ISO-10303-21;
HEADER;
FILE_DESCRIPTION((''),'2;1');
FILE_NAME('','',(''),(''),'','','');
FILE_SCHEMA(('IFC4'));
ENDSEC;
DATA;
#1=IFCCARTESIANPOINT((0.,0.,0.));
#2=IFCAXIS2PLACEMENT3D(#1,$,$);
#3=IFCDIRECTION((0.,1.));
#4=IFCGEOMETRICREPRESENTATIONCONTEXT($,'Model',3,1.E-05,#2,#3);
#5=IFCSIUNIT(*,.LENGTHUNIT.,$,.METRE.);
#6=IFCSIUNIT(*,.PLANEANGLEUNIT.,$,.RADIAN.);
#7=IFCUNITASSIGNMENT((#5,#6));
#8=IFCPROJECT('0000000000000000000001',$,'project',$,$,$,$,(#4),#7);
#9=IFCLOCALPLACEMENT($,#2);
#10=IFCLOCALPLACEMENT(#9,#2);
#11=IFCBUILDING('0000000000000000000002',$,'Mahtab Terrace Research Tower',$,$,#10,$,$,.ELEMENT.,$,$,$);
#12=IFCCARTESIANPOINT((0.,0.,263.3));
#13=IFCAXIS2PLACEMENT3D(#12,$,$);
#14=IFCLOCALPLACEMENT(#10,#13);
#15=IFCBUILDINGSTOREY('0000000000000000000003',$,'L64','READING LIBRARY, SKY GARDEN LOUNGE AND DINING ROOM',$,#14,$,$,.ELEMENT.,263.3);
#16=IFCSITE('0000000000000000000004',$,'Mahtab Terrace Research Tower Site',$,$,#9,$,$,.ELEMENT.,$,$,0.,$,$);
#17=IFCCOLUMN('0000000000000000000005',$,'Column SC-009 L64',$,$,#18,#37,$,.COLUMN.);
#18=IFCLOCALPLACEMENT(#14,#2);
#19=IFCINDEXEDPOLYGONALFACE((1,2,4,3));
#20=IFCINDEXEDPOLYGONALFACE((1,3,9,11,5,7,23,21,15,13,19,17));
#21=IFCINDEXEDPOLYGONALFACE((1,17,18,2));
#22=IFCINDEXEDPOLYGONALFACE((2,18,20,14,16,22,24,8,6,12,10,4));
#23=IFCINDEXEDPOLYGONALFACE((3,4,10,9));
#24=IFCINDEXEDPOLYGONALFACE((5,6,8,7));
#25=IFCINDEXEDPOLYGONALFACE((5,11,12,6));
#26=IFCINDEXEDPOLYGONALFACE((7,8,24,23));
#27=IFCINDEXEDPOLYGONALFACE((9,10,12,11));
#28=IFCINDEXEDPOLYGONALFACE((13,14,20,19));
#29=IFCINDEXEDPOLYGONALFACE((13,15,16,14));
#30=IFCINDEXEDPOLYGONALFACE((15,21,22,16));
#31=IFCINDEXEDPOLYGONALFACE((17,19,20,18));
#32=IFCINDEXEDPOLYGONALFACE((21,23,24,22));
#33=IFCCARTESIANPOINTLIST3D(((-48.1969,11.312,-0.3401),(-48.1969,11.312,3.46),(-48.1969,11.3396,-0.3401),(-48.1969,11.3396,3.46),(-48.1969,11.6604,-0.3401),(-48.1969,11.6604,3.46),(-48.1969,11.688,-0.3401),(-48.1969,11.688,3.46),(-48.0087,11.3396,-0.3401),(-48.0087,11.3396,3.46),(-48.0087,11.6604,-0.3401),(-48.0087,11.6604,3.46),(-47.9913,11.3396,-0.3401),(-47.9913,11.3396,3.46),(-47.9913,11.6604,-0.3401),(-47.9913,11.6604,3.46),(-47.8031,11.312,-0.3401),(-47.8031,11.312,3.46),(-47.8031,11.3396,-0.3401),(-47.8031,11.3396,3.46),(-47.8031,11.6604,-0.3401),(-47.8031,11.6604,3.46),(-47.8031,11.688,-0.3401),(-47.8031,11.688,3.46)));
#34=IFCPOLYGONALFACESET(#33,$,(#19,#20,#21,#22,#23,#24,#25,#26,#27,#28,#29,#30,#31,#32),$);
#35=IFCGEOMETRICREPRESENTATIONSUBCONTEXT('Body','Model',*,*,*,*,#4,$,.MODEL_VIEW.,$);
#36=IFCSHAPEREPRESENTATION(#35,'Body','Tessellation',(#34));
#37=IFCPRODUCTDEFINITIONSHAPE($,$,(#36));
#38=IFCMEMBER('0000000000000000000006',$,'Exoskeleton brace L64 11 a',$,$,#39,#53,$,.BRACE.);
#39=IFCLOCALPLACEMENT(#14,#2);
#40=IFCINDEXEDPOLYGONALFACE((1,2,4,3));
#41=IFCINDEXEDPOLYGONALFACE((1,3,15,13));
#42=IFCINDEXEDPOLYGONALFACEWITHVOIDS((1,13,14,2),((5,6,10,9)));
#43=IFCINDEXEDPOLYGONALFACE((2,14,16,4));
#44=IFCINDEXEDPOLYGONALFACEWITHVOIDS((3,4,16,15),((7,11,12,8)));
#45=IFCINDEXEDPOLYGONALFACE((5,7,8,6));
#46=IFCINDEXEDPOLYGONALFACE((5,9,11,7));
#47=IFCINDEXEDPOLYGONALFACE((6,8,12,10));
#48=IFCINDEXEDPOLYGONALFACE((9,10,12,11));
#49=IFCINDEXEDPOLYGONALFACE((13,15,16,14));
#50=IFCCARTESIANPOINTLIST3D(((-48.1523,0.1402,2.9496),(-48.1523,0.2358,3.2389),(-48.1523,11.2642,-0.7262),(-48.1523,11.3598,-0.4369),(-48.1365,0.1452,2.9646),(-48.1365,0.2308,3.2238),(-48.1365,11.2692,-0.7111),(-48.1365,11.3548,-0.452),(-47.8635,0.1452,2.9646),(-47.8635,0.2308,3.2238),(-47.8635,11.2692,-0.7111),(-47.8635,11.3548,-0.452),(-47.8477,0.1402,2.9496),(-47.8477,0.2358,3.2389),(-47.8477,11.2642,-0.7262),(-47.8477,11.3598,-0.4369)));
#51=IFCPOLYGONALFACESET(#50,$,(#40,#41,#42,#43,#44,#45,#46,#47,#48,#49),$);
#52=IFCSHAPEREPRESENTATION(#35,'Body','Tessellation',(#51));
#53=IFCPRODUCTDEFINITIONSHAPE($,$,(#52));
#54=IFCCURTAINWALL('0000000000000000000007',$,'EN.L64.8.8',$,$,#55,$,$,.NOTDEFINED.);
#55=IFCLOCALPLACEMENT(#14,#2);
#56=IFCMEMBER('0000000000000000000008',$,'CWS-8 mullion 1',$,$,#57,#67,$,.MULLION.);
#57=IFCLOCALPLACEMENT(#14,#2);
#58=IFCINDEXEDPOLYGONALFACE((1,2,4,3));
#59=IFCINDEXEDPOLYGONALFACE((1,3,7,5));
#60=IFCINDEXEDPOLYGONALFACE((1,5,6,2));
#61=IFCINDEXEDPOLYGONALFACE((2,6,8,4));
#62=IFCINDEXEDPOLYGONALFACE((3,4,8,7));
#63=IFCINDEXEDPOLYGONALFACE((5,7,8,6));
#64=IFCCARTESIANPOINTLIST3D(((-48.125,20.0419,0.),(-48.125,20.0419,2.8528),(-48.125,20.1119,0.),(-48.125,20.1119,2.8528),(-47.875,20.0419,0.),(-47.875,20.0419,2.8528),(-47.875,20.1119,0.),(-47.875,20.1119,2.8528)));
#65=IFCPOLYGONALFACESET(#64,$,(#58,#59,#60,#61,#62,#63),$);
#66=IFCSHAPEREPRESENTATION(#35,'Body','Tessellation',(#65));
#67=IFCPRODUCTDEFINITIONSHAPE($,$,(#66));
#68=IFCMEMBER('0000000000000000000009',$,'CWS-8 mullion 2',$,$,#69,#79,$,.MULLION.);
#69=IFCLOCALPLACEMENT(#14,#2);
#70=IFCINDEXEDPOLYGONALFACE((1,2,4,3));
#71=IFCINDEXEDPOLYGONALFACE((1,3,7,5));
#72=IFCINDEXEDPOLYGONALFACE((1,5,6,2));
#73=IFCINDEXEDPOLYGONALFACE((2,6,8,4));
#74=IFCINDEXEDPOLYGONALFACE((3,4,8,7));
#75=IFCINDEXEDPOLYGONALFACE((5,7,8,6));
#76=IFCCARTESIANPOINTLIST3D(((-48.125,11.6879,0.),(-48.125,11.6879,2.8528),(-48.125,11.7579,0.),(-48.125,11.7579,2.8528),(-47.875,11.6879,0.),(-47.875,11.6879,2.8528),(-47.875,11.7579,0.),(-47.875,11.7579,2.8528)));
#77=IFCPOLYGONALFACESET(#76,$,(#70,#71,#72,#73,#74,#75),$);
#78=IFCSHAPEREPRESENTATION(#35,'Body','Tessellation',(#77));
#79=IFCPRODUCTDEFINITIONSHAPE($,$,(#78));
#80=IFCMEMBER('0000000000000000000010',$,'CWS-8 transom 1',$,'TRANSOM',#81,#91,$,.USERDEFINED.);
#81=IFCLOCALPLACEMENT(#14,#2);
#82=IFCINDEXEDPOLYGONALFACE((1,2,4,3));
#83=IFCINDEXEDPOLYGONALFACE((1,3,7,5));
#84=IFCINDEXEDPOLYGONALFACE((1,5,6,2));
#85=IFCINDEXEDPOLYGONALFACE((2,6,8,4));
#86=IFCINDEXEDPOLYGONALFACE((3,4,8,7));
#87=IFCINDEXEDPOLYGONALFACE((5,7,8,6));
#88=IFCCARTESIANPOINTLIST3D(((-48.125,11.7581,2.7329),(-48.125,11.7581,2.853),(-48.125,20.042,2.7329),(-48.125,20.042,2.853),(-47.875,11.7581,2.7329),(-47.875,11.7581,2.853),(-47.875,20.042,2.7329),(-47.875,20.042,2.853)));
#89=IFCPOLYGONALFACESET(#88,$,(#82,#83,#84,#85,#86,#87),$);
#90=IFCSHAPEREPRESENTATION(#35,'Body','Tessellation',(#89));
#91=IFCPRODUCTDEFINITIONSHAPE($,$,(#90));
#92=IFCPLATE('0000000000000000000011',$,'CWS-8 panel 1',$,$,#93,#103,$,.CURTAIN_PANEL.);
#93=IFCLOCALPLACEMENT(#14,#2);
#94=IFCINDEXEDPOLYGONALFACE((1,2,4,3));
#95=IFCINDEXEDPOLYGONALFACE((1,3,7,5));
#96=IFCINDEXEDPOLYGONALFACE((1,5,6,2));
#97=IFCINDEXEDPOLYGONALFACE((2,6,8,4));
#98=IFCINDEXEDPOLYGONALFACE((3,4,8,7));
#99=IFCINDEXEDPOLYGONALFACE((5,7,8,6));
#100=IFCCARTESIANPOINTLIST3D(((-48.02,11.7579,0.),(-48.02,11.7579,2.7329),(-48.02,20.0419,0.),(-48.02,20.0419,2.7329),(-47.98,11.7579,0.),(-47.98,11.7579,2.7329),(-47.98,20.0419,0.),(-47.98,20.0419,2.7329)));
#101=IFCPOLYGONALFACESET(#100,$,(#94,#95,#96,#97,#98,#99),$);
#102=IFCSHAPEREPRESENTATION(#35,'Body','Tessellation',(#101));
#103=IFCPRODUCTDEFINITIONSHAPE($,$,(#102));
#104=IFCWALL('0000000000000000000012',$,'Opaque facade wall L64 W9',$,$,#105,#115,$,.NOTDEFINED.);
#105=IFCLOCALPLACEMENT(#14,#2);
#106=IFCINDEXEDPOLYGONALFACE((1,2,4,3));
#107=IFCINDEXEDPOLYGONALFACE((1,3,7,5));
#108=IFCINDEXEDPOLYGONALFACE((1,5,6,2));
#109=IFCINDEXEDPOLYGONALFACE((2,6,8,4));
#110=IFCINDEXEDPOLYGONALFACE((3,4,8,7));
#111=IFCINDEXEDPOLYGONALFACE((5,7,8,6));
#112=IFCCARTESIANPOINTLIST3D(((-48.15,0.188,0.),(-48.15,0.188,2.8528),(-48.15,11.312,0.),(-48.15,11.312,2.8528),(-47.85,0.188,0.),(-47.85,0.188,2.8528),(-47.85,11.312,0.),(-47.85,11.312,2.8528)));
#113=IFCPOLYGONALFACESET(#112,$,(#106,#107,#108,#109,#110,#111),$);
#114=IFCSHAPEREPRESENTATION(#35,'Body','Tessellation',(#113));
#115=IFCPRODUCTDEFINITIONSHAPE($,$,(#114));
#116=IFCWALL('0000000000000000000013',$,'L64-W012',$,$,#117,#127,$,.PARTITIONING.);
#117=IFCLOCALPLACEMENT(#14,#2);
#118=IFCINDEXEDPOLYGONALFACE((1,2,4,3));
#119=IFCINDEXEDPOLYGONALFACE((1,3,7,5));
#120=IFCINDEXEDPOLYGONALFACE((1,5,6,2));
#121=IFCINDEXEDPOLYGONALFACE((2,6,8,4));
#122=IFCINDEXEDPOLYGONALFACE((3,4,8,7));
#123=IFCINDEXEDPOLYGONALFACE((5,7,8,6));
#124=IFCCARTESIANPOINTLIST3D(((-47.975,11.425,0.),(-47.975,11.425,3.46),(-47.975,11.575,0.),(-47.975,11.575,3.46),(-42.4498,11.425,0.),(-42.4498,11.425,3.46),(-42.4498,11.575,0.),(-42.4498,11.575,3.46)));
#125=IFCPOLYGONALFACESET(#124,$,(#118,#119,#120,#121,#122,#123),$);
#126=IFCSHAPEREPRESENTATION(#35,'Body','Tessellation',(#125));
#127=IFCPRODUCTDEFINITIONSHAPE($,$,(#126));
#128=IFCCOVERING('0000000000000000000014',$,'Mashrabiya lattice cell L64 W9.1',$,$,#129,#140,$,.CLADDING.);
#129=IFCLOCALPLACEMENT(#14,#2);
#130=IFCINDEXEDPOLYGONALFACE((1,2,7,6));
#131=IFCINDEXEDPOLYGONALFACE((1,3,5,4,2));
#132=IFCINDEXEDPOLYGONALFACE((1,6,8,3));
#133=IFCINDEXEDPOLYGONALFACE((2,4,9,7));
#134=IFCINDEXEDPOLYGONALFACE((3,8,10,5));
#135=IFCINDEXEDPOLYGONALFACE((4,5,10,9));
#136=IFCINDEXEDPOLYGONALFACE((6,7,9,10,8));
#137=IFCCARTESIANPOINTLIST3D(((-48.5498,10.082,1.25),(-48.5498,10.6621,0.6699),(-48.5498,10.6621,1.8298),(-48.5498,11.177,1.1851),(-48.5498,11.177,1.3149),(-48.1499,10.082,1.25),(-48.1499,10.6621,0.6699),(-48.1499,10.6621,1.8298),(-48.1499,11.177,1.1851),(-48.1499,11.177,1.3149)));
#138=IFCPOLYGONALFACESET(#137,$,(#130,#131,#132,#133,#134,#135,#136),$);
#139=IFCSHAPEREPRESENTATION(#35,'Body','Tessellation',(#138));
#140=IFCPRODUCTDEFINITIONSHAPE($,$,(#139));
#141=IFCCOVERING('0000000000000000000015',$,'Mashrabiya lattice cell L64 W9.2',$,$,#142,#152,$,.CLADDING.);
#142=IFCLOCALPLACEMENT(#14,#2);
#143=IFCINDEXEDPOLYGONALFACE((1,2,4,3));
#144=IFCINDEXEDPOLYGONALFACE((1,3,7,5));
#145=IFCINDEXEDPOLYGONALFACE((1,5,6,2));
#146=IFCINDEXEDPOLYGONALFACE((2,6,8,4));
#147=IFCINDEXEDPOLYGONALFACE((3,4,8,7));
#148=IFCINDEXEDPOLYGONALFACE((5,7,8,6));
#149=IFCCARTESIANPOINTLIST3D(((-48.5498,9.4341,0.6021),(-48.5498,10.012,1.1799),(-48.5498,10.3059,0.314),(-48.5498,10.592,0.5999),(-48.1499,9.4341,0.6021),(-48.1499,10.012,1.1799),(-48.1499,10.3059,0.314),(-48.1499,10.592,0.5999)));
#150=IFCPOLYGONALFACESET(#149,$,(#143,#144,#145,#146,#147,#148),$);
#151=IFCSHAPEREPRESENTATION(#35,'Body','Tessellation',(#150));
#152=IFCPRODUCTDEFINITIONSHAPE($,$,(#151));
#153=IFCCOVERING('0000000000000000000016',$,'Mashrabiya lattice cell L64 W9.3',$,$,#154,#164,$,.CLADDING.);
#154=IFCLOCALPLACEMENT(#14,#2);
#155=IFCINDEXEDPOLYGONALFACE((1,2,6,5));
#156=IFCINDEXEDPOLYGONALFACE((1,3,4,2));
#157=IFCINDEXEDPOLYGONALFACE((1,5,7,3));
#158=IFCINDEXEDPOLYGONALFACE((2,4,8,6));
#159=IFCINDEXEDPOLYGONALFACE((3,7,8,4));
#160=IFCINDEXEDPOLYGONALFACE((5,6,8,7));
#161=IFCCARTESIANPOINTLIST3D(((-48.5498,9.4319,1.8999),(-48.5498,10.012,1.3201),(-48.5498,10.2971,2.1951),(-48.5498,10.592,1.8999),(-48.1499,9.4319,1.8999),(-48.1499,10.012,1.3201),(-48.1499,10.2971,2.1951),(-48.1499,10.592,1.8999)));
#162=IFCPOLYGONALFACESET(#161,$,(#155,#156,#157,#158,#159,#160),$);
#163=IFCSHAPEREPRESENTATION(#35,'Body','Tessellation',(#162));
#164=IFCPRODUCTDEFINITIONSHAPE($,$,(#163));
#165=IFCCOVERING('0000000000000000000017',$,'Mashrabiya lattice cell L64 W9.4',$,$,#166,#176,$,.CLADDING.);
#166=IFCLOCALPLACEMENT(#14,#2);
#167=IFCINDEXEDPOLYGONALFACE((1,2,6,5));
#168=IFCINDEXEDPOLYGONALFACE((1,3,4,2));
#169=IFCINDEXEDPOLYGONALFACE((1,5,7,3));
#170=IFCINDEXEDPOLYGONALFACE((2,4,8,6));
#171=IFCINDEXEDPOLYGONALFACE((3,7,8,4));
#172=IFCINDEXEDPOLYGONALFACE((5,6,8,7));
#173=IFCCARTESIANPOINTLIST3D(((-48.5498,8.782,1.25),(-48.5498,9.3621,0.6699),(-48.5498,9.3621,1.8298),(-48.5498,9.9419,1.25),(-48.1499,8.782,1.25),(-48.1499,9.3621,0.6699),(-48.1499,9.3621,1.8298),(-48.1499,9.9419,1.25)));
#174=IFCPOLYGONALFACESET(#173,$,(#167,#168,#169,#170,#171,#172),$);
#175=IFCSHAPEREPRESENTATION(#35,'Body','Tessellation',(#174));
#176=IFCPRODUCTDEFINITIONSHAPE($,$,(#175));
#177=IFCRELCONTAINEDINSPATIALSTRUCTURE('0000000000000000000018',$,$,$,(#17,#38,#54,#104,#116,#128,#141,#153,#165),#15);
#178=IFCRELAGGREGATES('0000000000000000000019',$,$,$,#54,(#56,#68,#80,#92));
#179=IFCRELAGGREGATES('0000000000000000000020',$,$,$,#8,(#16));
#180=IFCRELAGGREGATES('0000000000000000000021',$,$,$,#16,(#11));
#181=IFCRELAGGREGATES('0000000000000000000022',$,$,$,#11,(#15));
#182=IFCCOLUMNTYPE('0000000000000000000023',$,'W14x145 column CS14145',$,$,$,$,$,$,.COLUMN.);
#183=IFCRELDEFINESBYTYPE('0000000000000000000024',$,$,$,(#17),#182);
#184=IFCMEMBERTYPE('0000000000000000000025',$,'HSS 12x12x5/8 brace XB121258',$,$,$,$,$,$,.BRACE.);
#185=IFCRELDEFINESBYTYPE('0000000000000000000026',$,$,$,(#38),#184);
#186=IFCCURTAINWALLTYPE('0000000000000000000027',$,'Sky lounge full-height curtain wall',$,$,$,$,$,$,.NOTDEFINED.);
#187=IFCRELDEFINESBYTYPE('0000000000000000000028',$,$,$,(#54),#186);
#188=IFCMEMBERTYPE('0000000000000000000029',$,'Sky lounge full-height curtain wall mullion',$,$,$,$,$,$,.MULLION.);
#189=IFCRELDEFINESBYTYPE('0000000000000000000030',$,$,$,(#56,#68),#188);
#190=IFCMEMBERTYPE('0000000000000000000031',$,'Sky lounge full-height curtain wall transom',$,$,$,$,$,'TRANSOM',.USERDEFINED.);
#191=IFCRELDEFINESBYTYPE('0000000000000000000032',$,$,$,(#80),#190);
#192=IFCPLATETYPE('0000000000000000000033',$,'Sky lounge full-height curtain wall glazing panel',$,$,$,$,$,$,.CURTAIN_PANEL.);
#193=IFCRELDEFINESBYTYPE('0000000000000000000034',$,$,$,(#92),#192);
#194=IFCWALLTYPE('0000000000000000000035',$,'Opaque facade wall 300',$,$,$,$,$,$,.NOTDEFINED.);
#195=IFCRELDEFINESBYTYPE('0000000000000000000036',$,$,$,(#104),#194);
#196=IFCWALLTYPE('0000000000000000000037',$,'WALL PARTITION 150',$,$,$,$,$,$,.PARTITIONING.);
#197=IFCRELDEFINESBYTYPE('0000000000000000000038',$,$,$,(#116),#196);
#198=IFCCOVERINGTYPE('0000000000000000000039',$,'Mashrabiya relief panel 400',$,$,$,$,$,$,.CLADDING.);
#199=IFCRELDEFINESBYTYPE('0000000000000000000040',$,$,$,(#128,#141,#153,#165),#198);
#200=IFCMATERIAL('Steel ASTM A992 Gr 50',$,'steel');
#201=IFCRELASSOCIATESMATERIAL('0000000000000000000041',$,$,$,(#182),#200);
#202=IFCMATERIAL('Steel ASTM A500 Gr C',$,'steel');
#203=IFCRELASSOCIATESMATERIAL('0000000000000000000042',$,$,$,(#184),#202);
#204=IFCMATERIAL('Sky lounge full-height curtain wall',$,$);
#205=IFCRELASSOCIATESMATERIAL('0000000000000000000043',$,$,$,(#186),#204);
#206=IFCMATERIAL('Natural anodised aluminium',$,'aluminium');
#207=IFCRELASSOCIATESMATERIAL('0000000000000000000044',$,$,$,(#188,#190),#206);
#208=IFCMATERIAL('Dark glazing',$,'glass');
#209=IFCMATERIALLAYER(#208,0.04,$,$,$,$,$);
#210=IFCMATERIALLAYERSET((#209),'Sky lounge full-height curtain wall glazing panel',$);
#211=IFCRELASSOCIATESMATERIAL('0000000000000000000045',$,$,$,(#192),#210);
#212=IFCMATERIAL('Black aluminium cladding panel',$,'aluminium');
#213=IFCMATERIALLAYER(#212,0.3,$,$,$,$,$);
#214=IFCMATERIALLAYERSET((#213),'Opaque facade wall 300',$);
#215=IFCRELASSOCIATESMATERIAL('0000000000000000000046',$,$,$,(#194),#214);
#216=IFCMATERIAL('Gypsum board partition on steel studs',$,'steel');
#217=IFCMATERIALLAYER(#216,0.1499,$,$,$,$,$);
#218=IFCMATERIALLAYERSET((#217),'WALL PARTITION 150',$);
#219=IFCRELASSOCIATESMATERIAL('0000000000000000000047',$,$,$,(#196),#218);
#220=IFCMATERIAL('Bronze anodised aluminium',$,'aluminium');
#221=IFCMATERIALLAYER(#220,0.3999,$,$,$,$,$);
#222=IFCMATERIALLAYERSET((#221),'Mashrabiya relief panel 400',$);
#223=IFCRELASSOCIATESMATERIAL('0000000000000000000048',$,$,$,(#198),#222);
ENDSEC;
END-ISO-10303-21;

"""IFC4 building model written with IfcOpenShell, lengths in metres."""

from ifc_helpers import new_model, si_unit, direction, frame, frame_2d, origin, origin_2d, place, context, subcontext, project, spatial, polyline, rectangle, hollow_rectangle, i_section, outline, extrude, material, layer, layer_set, material_profile, profile_set, type_object, element, aggregate, save


model = new_model("IFC4")

# Units and contexts
model_context = context("Model", 3, precision=1e-05, world=origin(), true_north=direction((0.0, 1.0)))
body_context = subcontext(model_context, "Body", "Model", "MODEL_VIEW")
ifc_project = project(units=[si_unit("LENGTHUNIT", "METRE"), si_unit("PLANEANGLEUNIT", "RADIAN")], contexts=[model_context])

# Site, building, storey
site_placement = place(None, origin())
site = spatial("IfcSite", under=ifc_project, at=site_placement, Name="Mahtab Terrace Research Tower Site", CompositionType="ELEMENT", RefElevation=0.0)
building_placement = place(site_placement, origin())
building = spatial("IfcBuilding", under=site, at=building_placement, Name="Mahtab Terrace Research Tower", CompositionType="ELEMENT")
storey_placement = place(building_placement, frame((0.0, 0.0, 263.3)))
storey = spatial("IfcBuildingStorey", under=building, at=storey_placement, Name="L64", Description="READING LIBRARY, SKY GARDEN LOUNGE AND DINING ROOM", CompositionType="ELEMENT", Elevation=263.3)

# Column
ifc_material_1 = material(Name="Steel ASTM A992 Gr 50", Category="steel")
ifc_material_profile_1 = material_profile(ifc_material_1, i_section(OverallWidth=0.3938, OverallDepth=0.376, WebThickness=0.0173, FlangeThickness=0.0276, at=origin_2d()), Name="W14X145")
ifc_profile_set_1 = profile_set([ifc_material_profile_1], Name="Steel ASTM A992 Gr 50")
column_type = type_object("IfcColumnType", Name="W14x145 column CS14145", PredefinedType="COLUMN", material=ifc_profile_set_1)
column_placement = place(storey_placement, frame((-48.0, 11.5, -0.3401), z_axis=(0.0, 0.0, 1.0), x_axis=(1.0, 0.0, 0.0)))
element("IfcColumn", 1, at=column_placement, inside=storey, type_object=column_type, Name="Column SC-009 L64", PredefinedType="COLUMN", context=body_context, shape_type="SweptSolid", body=[
    extrude(i_section(OverallWidth=0.3938, OverallDepth=0.376, WebThickness=0.0173, FlangeThickness=0.0276, at=origin_2d()), origin(), (0.0, 0.0, 1.0), 3.8),
])

# Member
ifc_material_2 = material(Name="Steel ASTM A500 Gr C", Category="steel")
ifc_material_profile_2 = material_profile(ifc_material_2, hollow_rectangle(XDim=0.3047, YDim=0.3047, WallThickness=0.0159, at=origin_2d()), Name="HSS12X12X5/8")
ifc_profile_set_2 = profile_set([ifc_material_profile_2], Name="Steel ASTM A500 Gr C")
member_type_1 = type_object("IfcMemberType", Name="HSS 12x12x5/8 brace XB121258", PredefinedType="BRACE", material=ifc_profile_set_2)
member_1_placement = place(storey_placement, frame((-48.0, 11.312, -0.5815), z_axis=(0.0, -0.949505, 0.313751), x_axis=(1.0, 0.0, 0.0)))
element("IfcMember", 2, at=member_1_placement, inside=storey, type_object=member_type_1, Name="Exoskeleton brace L64 11 a", PredefinedType="BRACE", context=body_context, shape_type="SweptSolid", body=[
    extrude(hollow_rectangle(XDim=0.3047, YDim=0.3047, WallThickness=0.0159, at=origin_2d()), origin(), (0.0, 0.0, 1.0), 11.7156),
])

# Curtain wall, members, plate
ifc_material_3 = material(Name="Sky lounge full-height curtain wall")
curtain_wall_type = type_object("IfcCurtainWallType", Name="Sky lounge full-height curtain wall", PredefinedType="NOTDEFINED", material=ifc_material_3)
curtain_wall_placement = place(storey_placement, origin())
curtain_wall = element("IfcCurtainWall", 3, at=curtain_wall_placement, inside=storey, type_object=curtain_wall_type, Name="EN.L64.8.8", PredefinedType="NOTDEFINED")
ifc_material_4 = material(Name="Natural anodised aluminium", Category="aluminium")
ifc_material_profile_3 = material_profile(ifc_material_4, rectangle(XDim=0.25, YDim=0.0701, at=origin_2d()), Name="MULLION 70x250")
ifc_profile_set_3 = profile_set([ifc_material_profile_3], Name="Natural anodised aluminium")
member_type_2 = type_object("IfcMemberType", Name="Sky lounge full-height curtain wall mullion", PredefinedType="MULLION", material=ifc_profile_set_3)
member_2_placement = place(storey_placement, frame((-48.0, 20.0769, 0.0), z_axis=(0.0, 0.0, 1.0), x_axis=(1.0, 0.0, 0.0)))
member_2 = element("IfcMember", 4, at=member_2_placement, type_object=member_type_2, Name="CWS-8 mullion 1", PredefinedType="MULLION", context=body_context, shape_type="SweptSolid", body=[
    extrude(rectangle(XDim=0.25, YDim=0.0701, at=origin_2d()), origin(), (0.0, 0.0, 1.0), 2.8528),
])
member_3_placement = place(storey_placement, frame((-48.0, 11.7229, 0.0), z_axis=(0.0, 0.0, 1.0), x_axis=(1.0, 0.0, 0.0)))
member_3 = element("IfcMember", 5, at=member_3_placement, type_object=member_type_2, Name="CWS-8 mullion 2", PredefinedType="MULLION", context=body_context, shape_type="SweptSolid", body=[
    extrude(rectangle(XDim=0.25, YDim=0.0701, at=origin_2d()), origin(), (0.0, 0.0, 1.0), 2.8528),
])
ifc_material_profile_4 = material_profile(ifc_material_4, rectangle(XDim=0.25, YDim=0.1201, at=origin_2d()), Name="TRANSOM 120x250")
ifc_profile_set_4 = profile_set([ifc_material_profile_4], Name="Natural anodised aluminium")
member_type_3 = type_object("IfcMemberType", Name="Sky lounge full-height curtain wall transom", ElementType="TRANSOM", PredefinedType="USERDEFINED", material=ifc_profile_set_4)
member_4_placement = place(storey_placement, frame((-48.0, 20.042, 2.793), z_axis=(0.0, -1.0, 0.0), x_axis=(1.0, 0.0, 0.0)))
member_4 = element("IfcMember", 6, at=member_4_placement, type_object=member_type_3, Name="CWS-8 transom 1", ObjectType="TRANSOM", PredefinedType="USERDEFINED", context=body_context, shape_type="SweptSolid", body=[
    extrude(rectangle(XDim=0.25, YDim=0.1201, at=origin_2d()), origin(), (0.0, 0.0, 1.0), 8.2839),
])
ifc_material_5 = material(Name="Dark glazing", Category="glass")
ifc_layer_1 = layer(ifc_material_5, 0.04)
ifc_layer_set_1 = layer_set([ifc_layer_1], Name="Sky lounge full-height curtain wall glazing panel")
plate_type = type_object("IfcPlateType", Name="Sky lounge full-height curtain wall glazing panel", PredefinedType="CURTAIN_PANEL", material=ifc_layer_set_1)
plate_placement = place(storey_placement, frame((-48.0, 15.8999, 0.0), z_axis=(0.0, 0.0, 1.0), x_axis=(0.0, -1.0, 0.0)))
plate = element("IfcPlate", 7, at=plate_placement, type_object=plate_type, Name="CWS-8 panel 1", PredefinedType="CURTAIN_PANEL", context=body_context, shape_type="SweptSolid", body=[
    extrude(rectangle(XDim=8.2839, YDim=0.04, at=origin_2d()), origin(), (0.0, 0.0, 1.0), 2.7329),
])
aggregate(curtain_wall, [member_2, member_3, member_4, plate])

# Walls
ifc_material_6 = material(Name="Black aluminium cladding panel", Category="aluminium")
ifc_layer_2 = layer(ifc_material_6, 0.3)
ifc_layer_set_2 = layer_set([ifc_layer_2], Name="Opaque facade wall 300")
wall_type_1 = type_object("IfcWallType", Name="Opaque facade wall 300", PredefinedType="NOTDEFINED", material=ifc_layer_set_2)
wall_1_placement = place(storey_placement, frame((-48.0, 11.312, 0.0), z_axis=(0.0, 0.0, 1.0), x_axis=(0.0, -1.0, 0.0)))
element("IfcWall", 8, at=wall_1_placement, inside=storey, type_object=wall_type_1, Name="Opaque facade wall L64 W9", PredefinedType="NOTDEFINED", context=body_context, shape_type="SweptSolid", body=[
    extrude(rectangle(XDim=11.124, YDim=0.3, at=frame_2d((5.562, 0.0))), origin(), (0.0, 0.0, 1.0), 2.8528),
])
ifc_material_7 = material(Name="Gypsum board partition on steel studs", Category="steel")
ifc_layer_3 = layer(ifc_material_7, 0.1499)
ifc_layer_set_3 = layer_set([ifc_layer_3], Name="WALL PARTITION 150")
wall_type_2 = type_object("IfcWallType", Name="WALL PARTITION 150", PredefinedType="PARTITIONING", material=ifc_layer_set_3)
wall_2_placement = place(storey_placement, frame((-47.9751, 11.5, 0.0), z_axis=(0.0, 0.0, 1.0), x_axis=(1.0, 0.0, 0.0)))
element("IfcWall", 9, at=wall_2_placement, inside=storey, type_object=wall_type_2, Name="L64-W012", PredefinedType="PARTITIONING", context=body_context, shape_type="SweptSolid", body=[
    extrude(rectangle(XDim=5.5251, YDim=0.1499, at=frame_2d((2.7627, 0.0))), origin(), (0.0, 0.0, 1.0), 3.46),
])

# Coverings
ifc_material_8 = material(Name="Bronze anodised aluminium", Category="aluminium")
ifc_layer_4 = layer(ifc_material_8, 0.3999)
ifc_layer_set_4 = layer_set([ifc_layer_4], Name="Mashrabiya relief panel 400")
covering_type_1 = type_object("IfcCoveringType", Name="Mashrabiya relief panel 400", PredefinedType="CLADDING", material=ifc_layer_set_4)
covering_1_placement = place(storey_placement, frame((-48.1499, 10.6621, 1.8298), z_axis=(1.0, 0.0, 0.0), x_axis=(0.0, -0.707256, -0.706958)))
element("IfcCovering", 10, at=covering_1_placement, inside=storey, type_object=covering_type_1, Name="Mashrabiya lattice cell L64 W9.1", PredefinedType="CLADDING", context=body_context, shape_type="SweptSolid", body=[
    extrude(outline(polyline([(0.0, 0.0), (0.8202, 0.0), (0.82, 0.8204), (0.0917, 0.82), (-0.0002, 0.7282), (0.0, 0.0)])), origin(), (0.0, 0.0, -1.0), 0.3999),
])
covering_2_placement = place(storey_placement, frame((-48.1499, 10.592, 0.5999), z_axis=(1.0, 0.0, 0.0), x_axis=(0.0, -0.707107, 0.707107)))
element("IfcCovering", 11, at=covering_2_placement, inside=storey, type_object=covering_type_1, Name="Mashrabiya lattice cell L64 W9.2", PredefinedType="CLADDING", context=body_context, shape_type="SweptSolid", body=[
    extrude(outline(polyline([(0.0, 0.0), (0.8204, 0.0), (0.8204, 0.8172), (0.0002, 0.4045), (0.0, 0.0)])), origin(), (0.0, 0.0, -1.0), 0.3999),
])
covering_3_placement = place(storey_placement, frame((-48.1499, 9.4319, 1.8999), z_axis=(1.0, 0.0, 0.0), x_axis=(0.0, 0.707256, -0.706958)))
element("IfcCovering", 12, at=covering_3_placement, inside=storey, type_object=covering_type_1, Name="Mashrabiya lattice cell L64 W9.3", PredefinedType="CLADDING", context=body_context, shape_type="SweptSolid", body=[
    extrude(outline(polyline([(0.0, 0.0), (0.8202, 0.0), (0.8205, 0.8202), (0.4033, 0.8204), (0.0, 0.0)])), origin(), (0.0, 0.0, -1.0), 0.3999),
])
covering_4_placement = place(storey_placement, frame((-48.1499, 9.3621, 1.8298), z_axis=(1.0, 0.0, 0.0), x_axis=(0.0, -0.707256, -0.706958)))
element("IfcCovering", 13, at=covering_4_placement, inside=storey, type_object=covering_type_1, Name="Mashrabiya lattice cell L64 W9.4", PredefinedType="CLADDING", context=body_context, shape_type="SweptSolid", body=[
    extrude(outline(polyline([(0.0, 0.0), (0.8202, 0.0), (0.82, 0.8204), (-0.0002, 0.82), (0.0, 0.0)])), origin(), (0.0, 0.0, -1.0), 0.3999),
])

save(model, "model.ifc")
